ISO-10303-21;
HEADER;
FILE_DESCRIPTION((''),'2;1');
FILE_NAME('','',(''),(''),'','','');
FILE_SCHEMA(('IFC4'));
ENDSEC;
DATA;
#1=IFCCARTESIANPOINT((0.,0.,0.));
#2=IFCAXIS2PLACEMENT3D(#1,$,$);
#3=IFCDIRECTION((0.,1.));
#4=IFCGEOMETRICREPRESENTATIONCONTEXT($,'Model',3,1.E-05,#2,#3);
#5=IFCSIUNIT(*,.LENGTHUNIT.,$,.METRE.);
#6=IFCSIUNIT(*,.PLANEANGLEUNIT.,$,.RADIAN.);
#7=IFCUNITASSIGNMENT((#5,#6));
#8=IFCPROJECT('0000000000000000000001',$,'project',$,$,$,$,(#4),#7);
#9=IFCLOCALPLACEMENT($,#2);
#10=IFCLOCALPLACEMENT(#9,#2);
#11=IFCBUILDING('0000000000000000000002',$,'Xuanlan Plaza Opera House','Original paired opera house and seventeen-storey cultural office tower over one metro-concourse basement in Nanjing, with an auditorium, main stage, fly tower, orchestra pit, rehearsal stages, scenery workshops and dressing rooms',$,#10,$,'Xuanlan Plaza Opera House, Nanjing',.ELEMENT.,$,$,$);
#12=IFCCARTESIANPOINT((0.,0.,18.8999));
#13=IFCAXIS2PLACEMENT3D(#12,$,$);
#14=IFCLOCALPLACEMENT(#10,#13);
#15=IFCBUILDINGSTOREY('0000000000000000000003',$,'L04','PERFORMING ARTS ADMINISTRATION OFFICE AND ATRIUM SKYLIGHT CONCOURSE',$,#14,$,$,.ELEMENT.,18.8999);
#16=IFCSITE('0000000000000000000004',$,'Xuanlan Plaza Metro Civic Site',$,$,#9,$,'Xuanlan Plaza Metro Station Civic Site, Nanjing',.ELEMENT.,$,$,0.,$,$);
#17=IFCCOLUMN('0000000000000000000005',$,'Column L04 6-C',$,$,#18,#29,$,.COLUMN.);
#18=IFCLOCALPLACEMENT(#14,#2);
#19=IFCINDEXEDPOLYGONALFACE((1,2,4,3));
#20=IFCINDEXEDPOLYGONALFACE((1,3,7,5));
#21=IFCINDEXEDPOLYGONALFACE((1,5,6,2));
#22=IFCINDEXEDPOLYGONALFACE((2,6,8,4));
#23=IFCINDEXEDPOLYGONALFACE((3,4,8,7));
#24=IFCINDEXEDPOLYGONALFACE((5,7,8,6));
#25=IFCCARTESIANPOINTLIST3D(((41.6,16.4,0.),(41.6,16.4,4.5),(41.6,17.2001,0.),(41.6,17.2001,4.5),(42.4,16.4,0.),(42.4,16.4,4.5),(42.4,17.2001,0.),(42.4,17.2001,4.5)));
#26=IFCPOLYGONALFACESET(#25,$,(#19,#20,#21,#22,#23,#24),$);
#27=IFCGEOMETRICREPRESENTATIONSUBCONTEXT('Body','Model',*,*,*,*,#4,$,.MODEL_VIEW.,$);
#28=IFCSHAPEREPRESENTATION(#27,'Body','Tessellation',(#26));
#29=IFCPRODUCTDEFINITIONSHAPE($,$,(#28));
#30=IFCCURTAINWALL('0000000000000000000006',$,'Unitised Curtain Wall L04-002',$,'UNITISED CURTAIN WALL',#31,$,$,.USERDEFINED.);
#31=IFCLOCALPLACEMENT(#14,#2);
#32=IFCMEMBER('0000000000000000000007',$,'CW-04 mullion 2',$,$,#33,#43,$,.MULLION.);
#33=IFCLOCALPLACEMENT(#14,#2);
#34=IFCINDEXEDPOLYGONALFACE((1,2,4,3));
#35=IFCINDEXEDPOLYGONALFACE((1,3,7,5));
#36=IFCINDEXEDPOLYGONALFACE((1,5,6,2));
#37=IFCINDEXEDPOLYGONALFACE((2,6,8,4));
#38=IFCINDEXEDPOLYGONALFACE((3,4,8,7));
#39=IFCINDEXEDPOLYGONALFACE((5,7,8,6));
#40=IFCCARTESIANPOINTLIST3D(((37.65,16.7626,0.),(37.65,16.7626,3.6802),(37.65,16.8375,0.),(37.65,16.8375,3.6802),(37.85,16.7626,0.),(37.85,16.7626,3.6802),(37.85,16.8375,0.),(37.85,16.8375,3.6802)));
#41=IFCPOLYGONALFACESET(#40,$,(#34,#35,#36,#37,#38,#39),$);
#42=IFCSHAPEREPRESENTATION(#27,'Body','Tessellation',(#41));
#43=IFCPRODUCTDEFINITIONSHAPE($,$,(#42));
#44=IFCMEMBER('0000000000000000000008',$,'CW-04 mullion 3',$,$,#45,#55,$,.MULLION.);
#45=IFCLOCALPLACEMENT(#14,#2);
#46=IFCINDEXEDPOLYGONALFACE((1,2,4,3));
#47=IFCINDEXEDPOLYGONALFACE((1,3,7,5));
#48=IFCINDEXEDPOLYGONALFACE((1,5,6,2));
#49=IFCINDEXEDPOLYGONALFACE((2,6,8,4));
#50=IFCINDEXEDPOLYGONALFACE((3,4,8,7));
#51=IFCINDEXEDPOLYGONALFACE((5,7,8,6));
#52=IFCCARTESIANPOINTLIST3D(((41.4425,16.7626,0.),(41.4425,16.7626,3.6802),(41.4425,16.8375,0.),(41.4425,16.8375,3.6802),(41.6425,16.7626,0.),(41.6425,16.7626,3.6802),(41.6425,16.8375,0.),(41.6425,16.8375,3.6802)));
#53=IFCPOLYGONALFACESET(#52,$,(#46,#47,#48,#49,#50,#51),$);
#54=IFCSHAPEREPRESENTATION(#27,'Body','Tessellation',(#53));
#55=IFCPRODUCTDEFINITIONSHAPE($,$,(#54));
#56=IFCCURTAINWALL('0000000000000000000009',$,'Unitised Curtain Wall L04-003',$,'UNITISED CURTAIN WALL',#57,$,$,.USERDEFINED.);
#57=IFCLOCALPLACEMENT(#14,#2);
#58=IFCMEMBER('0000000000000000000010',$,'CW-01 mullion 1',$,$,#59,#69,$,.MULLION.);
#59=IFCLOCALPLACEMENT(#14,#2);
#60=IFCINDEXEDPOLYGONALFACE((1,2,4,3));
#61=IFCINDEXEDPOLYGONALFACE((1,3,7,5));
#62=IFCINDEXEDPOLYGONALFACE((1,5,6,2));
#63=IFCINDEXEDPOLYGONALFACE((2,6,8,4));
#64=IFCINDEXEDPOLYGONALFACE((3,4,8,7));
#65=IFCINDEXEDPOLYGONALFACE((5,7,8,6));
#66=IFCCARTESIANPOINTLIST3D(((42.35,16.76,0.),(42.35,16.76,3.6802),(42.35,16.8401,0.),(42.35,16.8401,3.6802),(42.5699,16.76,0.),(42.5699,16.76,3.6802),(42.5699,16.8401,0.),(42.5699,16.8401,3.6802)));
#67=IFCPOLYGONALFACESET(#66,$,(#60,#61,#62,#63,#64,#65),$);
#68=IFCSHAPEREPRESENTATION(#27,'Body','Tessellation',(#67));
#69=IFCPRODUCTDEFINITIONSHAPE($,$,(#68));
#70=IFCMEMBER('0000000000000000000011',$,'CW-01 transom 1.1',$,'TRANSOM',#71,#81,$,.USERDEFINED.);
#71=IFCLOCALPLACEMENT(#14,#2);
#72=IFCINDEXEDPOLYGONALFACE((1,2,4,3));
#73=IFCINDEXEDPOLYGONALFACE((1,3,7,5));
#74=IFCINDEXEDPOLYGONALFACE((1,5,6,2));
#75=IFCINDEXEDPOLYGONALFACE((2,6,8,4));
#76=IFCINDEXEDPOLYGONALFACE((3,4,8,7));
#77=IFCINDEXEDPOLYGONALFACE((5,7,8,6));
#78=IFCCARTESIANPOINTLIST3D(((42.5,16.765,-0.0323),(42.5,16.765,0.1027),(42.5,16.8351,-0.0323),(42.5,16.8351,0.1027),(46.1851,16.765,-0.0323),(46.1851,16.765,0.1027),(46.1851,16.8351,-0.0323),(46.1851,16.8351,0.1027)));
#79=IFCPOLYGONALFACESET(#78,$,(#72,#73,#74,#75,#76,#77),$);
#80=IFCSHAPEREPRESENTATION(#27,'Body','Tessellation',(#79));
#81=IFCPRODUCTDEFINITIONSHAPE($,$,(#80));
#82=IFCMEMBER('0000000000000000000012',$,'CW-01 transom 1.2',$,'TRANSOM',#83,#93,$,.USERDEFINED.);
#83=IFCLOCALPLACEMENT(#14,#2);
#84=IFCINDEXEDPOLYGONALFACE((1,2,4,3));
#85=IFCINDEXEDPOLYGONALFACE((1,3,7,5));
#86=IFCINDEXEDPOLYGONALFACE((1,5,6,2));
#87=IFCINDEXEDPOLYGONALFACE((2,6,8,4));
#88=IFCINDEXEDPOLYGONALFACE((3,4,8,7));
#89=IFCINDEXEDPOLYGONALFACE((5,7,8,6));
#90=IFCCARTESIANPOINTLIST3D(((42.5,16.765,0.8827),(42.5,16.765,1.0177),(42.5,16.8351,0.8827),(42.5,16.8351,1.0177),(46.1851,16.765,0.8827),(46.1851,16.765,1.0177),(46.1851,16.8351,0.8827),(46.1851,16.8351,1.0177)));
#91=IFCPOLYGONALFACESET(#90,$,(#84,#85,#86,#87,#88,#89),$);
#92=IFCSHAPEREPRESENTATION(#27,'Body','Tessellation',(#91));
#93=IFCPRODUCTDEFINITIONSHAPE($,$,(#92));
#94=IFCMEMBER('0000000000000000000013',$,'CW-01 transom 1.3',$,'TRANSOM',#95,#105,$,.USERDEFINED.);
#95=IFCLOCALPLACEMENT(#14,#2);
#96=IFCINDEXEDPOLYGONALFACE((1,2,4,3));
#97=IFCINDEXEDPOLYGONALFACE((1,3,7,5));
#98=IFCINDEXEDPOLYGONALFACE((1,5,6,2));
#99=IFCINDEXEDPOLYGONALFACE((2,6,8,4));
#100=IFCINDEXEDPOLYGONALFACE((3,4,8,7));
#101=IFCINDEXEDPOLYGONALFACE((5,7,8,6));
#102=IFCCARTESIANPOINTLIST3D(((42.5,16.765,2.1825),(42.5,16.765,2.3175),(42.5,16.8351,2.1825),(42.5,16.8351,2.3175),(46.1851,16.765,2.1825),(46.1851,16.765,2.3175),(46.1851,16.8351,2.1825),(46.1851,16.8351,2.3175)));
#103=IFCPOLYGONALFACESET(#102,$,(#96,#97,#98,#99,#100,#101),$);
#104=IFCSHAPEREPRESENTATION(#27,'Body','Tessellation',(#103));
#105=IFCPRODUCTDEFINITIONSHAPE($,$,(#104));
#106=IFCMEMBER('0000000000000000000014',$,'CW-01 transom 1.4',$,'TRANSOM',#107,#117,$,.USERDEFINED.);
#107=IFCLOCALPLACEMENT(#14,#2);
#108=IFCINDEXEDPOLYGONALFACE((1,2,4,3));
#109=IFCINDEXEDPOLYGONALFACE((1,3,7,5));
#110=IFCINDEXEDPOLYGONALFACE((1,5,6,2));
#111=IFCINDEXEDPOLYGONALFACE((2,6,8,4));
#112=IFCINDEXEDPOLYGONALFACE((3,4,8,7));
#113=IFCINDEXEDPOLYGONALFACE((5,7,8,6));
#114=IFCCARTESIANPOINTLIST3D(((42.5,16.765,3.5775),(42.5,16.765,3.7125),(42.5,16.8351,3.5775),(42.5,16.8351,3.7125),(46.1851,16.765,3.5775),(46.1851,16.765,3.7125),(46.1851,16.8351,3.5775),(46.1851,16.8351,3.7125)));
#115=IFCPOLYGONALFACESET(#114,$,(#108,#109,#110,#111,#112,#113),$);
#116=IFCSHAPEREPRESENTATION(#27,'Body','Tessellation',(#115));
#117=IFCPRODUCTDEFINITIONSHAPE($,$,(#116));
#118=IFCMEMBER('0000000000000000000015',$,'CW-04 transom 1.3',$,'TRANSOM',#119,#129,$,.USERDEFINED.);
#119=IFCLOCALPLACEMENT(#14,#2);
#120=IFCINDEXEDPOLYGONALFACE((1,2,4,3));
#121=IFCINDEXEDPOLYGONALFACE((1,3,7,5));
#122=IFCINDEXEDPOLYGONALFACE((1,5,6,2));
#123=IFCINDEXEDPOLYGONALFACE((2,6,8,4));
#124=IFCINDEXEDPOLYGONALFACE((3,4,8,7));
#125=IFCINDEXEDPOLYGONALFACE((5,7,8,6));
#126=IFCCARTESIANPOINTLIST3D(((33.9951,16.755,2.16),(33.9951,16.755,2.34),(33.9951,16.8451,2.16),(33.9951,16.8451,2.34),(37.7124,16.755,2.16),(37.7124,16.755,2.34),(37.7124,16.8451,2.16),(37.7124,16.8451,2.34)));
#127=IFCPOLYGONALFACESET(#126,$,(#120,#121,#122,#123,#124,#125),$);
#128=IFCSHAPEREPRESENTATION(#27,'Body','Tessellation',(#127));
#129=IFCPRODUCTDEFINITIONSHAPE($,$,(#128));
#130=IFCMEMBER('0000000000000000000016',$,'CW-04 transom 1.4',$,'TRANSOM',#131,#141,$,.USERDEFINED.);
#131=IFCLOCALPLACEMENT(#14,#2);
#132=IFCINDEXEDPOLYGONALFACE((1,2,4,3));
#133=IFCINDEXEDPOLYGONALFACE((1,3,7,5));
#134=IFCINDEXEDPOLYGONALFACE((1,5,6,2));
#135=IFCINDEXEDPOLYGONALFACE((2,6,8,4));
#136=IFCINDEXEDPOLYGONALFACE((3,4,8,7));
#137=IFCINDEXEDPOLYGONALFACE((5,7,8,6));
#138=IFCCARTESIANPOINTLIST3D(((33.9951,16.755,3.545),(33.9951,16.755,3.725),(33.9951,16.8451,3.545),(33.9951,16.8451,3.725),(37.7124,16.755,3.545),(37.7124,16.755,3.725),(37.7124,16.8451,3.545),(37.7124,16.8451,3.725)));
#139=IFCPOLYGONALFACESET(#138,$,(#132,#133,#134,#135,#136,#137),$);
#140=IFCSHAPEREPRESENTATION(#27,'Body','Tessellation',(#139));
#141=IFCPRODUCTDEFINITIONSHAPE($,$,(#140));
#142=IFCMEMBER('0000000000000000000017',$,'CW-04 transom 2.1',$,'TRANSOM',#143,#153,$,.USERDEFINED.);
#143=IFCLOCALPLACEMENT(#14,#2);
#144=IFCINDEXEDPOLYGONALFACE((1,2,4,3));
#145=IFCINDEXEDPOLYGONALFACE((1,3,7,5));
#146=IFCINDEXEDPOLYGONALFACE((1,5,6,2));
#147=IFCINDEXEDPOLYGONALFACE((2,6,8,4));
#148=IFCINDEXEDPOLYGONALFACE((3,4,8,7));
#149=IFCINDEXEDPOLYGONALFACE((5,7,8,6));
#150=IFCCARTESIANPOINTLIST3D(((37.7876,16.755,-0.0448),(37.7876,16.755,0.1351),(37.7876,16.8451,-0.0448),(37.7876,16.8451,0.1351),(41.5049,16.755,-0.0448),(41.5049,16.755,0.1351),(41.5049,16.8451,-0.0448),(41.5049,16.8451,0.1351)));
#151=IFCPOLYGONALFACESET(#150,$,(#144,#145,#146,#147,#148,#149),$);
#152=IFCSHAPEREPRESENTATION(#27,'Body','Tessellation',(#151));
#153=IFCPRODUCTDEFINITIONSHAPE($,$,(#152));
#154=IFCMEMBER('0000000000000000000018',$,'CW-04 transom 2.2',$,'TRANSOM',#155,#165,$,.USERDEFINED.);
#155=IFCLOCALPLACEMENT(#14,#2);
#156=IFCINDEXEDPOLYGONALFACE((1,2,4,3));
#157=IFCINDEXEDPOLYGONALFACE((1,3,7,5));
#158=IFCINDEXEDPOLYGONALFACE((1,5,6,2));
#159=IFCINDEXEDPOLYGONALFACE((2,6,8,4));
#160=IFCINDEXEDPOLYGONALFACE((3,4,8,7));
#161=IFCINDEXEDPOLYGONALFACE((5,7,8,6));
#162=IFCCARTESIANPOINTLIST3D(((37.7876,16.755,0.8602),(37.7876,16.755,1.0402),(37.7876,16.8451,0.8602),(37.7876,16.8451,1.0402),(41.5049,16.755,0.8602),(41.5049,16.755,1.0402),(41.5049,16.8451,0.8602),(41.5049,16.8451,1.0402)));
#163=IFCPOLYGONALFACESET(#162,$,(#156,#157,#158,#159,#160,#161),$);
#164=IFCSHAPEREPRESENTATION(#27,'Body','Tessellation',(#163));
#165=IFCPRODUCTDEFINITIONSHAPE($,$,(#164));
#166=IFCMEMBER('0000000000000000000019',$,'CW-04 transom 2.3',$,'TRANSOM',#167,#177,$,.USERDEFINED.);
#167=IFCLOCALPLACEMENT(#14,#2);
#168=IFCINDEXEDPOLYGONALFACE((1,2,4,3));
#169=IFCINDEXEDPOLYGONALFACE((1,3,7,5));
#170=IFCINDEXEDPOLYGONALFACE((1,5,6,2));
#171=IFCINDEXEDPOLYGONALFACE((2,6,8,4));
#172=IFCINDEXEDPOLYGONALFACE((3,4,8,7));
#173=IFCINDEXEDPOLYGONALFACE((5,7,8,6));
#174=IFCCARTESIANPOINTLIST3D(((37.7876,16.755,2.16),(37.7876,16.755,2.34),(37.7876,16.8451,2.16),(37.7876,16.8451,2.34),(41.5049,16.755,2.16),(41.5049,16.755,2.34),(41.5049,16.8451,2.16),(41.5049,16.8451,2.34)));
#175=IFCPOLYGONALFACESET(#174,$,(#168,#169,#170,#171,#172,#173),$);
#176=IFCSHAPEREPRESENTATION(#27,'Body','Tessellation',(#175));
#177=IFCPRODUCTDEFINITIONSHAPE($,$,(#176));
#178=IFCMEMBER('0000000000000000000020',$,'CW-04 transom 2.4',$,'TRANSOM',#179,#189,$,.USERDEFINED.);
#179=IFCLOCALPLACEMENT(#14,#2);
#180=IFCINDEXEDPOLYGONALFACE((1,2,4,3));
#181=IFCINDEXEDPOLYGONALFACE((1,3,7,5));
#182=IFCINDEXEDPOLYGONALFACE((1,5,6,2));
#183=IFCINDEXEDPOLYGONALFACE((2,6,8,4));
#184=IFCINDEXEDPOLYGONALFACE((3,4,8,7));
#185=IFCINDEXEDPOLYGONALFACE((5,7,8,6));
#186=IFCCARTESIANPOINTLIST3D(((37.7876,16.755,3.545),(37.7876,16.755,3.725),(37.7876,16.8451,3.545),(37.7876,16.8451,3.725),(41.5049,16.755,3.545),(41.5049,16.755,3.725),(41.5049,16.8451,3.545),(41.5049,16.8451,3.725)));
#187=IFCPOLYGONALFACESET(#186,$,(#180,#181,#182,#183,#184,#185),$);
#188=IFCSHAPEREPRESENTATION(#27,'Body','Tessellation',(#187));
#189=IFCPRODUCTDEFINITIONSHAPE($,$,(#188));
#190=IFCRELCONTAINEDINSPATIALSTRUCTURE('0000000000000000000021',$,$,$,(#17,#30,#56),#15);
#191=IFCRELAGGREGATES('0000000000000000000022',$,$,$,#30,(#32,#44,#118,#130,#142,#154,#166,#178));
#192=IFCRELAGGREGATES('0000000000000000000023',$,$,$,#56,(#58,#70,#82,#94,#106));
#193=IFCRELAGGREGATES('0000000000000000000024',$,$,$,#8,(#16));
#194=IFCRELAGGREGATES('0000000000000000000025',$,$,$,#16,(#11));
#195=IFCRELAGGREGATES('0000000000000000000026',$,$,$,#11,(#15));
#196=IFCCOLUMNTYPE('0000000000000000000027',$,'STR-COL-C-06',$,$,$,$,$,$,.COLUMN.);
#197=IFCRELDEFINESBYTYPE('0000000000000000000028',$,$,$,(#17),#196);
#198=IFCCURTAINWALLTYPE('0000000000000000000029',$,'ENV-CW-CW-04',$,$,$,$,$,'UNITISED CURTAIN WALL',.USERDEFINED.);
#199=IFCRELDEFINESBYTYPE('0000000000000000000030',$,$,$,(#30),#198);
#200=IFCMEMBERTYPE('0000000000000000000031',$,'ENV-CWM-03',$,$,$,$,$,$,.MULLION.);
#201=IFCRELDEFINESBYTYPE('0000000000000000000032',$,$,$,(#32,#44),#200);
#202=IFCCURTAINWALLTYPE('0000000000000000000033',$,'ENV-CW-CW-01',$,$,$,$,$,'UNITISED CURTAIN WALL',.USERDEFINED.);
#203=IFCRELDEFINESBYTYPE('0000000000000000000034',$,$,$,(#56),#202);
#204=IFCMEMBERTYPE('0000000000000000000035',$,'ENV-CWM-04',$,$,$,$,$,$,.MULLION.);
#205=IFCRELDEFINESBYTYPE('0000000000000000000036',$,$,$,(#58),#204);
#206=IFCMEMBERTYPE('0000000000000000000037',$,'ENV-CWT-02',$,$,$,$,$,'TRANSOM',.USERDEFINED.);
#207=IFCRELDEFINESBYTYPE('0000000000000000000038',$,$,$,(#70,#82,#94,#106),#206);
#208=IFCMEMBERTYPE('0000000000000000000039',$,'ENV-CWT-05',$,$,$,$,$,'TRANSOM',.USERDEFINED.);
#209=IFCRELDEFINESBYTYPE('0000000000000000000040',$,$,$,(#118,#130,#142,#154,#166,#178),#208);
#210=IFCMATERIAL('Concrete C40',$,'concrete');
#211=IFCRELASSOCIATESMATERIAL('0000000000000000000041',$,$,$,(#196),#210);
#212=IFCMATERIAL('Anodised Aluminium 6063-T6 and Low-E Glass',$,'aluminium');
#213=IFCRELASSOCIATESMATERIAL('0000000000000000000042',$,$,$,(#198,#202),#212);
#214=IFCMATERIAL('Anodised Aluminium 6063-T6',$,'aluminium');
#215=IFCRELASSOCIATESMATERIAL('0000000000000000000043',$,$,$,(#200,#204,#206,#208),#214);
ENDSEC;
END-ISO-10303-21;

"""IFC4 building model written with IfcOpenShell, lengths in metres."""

from ifc_helpers import new_model, si_unit, direction, frame, origin, origin_2d, place, context, subcontext, project, spatial, rectangle, extrude, material, material_profile, profile_set, type_object, element, aggregate, save


model = new_model("IFC4")

# Units and contexts
model_context = context("Model", 3, precision=1e-05, world=origin(), true_north=direction((0.0, 1.0)))
body_context = subcontext(model_context, "Body", "Model", "MODEL_VIEW")
ifc_project = project(units=[si_unit("LENGTHUNIT", "METRE"), si_unit("PLANEANGLEUNIT", "RADIAN")], contexts=[model_context])

# Site, building, storey
site_placement = place(None, origin())
site = spatial("IfcSite", under=ifc_project, at=site_placement, Name="Xuanlan Plaza Metro Civic Site", LongName="Xuanlan Plaza Metro Station Civic Site, Nanjing", CompositionType="ELEMENT", RefElevation=0.0)
building_placement = place(site_placement, origin())
building = spatial("IfcBuilding", under=site, at=building_placement, Name="Xuanlan Plaza Opera House", Description="Original paired opera house and seventeen-storey cultural office tower over one metro-concourse basement in Nanjing, with an auditorium, main stage, fly tower, orchestra pit, rehearsal stages, scenery workshops and dressing rooms", LongName="Xuanlan Plaza Opera House, Nanjing", CompositionType="ELEMENT")
storey_placement = place(building_placement, frame((0.0, 0.0, 18.8999)))
storey = spatial("IfcBuildingStorey", under=building, at=storey_placement, Name="L04", Description="PERFORMING ARTS ADMINISTRATION OFFICE AND ATRIUM SKYLIGHT CONCOURSE", CompositionType="ELEMENT", Elevation=18.8999)

# Column
ifc_material_1 = material(Name="Concrete C40", Category="concrete")
ifc_material_profile_1 = material_profile(ifc_material_1, rectangle(XDim=0.8, YDim=0.8, at=origin_2d()), Name="RC-COL 800x800")
ifc_profile_set_1 = profile_set([ifc_material_profile_1], Name="Concrete C40")
column_type = type_object("IfcColumnType", Name="STR-COL-C-06", PredefinedType="COLUMN", material=ifc_profile_set_1)
column_placement = place(storey_placement, frame((42.0, 16.8, 0.0), z_axis=(0.0, 0.0, 1.0), x_axis=(1.0, 0.0, 0.0)))
element("IfcColumn", 1, at=column_placement, inside=storey, type_object=column_type, Name="Column L04 6-C", PredefinedType="COLUMN", context=body_context, shape_type="SweptSolid", body=[
    extrude(rectangle(XDim=0.8, YDim=0.8, at=origin_2d()), origin(), (0.0, 0.0, 1.0), 4.5),
])

# Curtain walls, members
ifc_material_2 = material(Name="Anodised Aluminium 6063-T6 and Low-E Glass", Category="aluminium")
curtain_wall_type_1 = type_object("IfcCurtainWallType", Name="ENV-CW-CW-04", ElementType="UNITISED CURTAIN WALL", PredefinedType="USERDEFINED", material=ifc_material_2)
curtain_wall_1_placement = place(storey_placement, origin())
curtain_wall_1 = element("IfcCurtainWall", 2, at=curtain_wall_1_placement, inside=storey, type_object=curtain_wall_type_1, Name="Unitised Curtain Wall L04-002", ObjectType="UNITISED CURTAIN WALL", PredefinedType="USERDEFINED")
ifc_material_3 = material(Name="Anodised Aluminium 6063-T6", Category="aluminium")
ifc_material_profile_2 = material_profile(ifc_material_3, rectangle(XDim=0.075, YDim=0.2, at=origin_2d()), Name="ALU-M 75x200")
ifc_profile_set_2 = profile_set([ifc_material_profile_2], Name="Anodised Aluminium 6063-T6")
member_type_1 = type_object("IfcMemberType", Name="ENV-CWM-03", PredefinedType="MULLION", material=ifc_profile_set_2)
member_1_placement = place(storey_placement, frame((37.75, 16.8, 0.0), z_axis=(0.0, 0.0, 1.0), x_axis=(0.0, 1.0, 0.0)))
member_1 = element("IfcMember", 3, at=member_1_placement, type_object=member_type_1, Name="CW-04 mullion 2", PredefinedType="MULLION", context=body_context, shape_type="SweptSolid", body=[
    extrude(rectangle(XDim=0.075, YDim=0.2, at=origin_2d()), origin(), (0.0, 0.0, 1.0), 3.6802),
])
member_2_placement = place(storey_placement, frame((41.5425, 16.8, 0.0), z_axis=(0.0, 0.0, 1.0), x_axis=(0.0, 1.0, 0.0)))
member_2 = element("IfcMember", 4, at=member_2_placement, type_object=member_type_1, Name="CW-04 mullion 3", PredefinedType="MULLION", context=body_context, shape_type="SweptSolid", body=[
    extrude(rectangle(XDim=0.075, YDim=0.2, at=origin_2d()), origin(), (0.0, 0.0, 1.0), 3.6802),
])
curtain_wall_type_2 = type_object("IfcCurtainWallType", Name="ENV-CW-CW-01", ElementType="UNITISED CURTAIN WALL", PredefinedType="USERDEFINED", material=ifc_material_2)
curtain_wall_2_placement = place(storey_placement, origin())
curtain_wall_2 = element("IfcCurtainWall", 5, at=curtain_wall_2_placement, inside=storey, type_object=curtain_wall_type_2, Name="Unitised Curtain Wall L04-003", ObjectType="UNITISED CURTAIN WALL", PredefinedType="USERDEFINED")
ifc_material_profile_3 = material_profile(ifc_material_3, rectangle(XDim=0.0801, YDim=0.22, at=origin_2d()), Name="ALU-M 80x220")
ifc_profile_set_3 = profile_set([ifc_material_profile_3], Name="Anodised Aluminium 6063-T6")
member_type_2 = type_object("IfcMemberType", Name="ENV-CWM-04", PredefinedType="MULLION", material=ifc_profile_set_3)
member_3_placement = place(storey_placement, frame((42.46, 16.8, 0.0), z_axis=(0.0, 0.0, 1.0), x_axis=(0.0, 1.0, 0.0)))
member_3 = element("IfcMember", 6, at=member_3_placement, type_object=member_type_2, Name="CW-01 mullion 1", PredefinedType="MULLION", context=body_context, shape_type="SweptSolid", body=[
    extrude(rectangle(XDim=0.0801, YDim=0.22, at=origin_2d()), origin(), (0.0, 0.0, 1.0), 3.6802),
])
ifc_material_profile_4 = material_profile(ifc_material_3, rectangle(XDim=0.0701, YDim=0.135, at=origin_2d()), Name="ALU-T 70x135")
ifc_profile_set_4 = profile_set([ifc_material_profile_4], Name="Anodised Aluminium 6063-T6")
member_type_3 = type_object("IfcMemberType", Name="ENV-CWT-02", ElementType="TRANSOM", PredefinedType="USERDEFINED", material=ifc_profile_set_4)
member_4_placement = place(storey_placement, frame((42.5, 16.8, 0.0352), z_axis=(1.0, 0.0, 0.0), x_axis=(0.0, 1.0, 0.0)))
member_4 = element("IfcMember", 7, at=member_4_placement, type_object=member_type_3, Name="CW-01 transom 1.1", ObjectType="TRANSOM", PredefinedType="USERDEFINED", context=body_context, shape_type="SweptSolid", body=[
    extrude(rectangle(XDim=0.0701, YDim=0.135, at=origin_2d()), origin(), (0.0, 0.0, 1.0), 3.6851),
])
member_5_placement = place(storey_placement, frame((42.5, 16.8, 0.9502), z_axis=(1.0, 0.0, 0.0), x_axis=(0.0, 1.0, 0.0)))
member_5 = element("IfcMember", 8, at=member_5_placement, type_object=member_type_3, Name="CW-01 transom 1.2", ObjectType="TRANSOM", PredefinedType="USERDEFINED", context=body_context, shape_type="SweptSolid", body=[
    extrude(rectangle(XDim=0.0701, YDim=0.135, at=origin_2d()), origin(), (0.0, 0.0, 1.0), 3.6851),
])
member_6_placement = place(storey_placement, frame((42.5, 16.8, 2.25), z_axis=(1.0, 0.0, 0.0), x_axis=(0.0, 1.0, 0.0)))
member_6 = element("IfcMember", 9, at=member_6_placement, type_object=member_type_3, Name="CW-01 transom 1.3", ObjectType="TRANSOM", PredefinedType="USERDEFINED", context=body_context, shape_type="SweptSolid", body=[
    extrude(rectangle(XDim=0.0701, YDim=0.135, at=origin_2d()), origin(), (0.0, 0.0, 1.0), 3.6851),
])
member_7_placement = place(storey_placement, frame((42.5, 16.8, 3.645), z_axis=(1.0, 0.0, 0.0), x_axis=(0.0, 1.0, 0.0)))
member_7 = element("IfcMember", 10, at=member_7_placement, type_object=member_type_3, Name="CW-01 transom 1.4", ObjectType="TRANSOM", PredefinedType="USERDEFINED", context=body_context, shape_type="SweptSolid", body=[
    extrude(rectangle(XDim=0.0701, YDim=0.135, at=origin_2d()), origin(), (0.0, 0.0, 1.0), 3.6851),
])

# Members
ifc_material_profile_5 = material_profile(ifc_material_3, rectangle(XDim=0.0901, YDim=0.1799, at=origin_2d()), Name="ALU-T 90x180")
ifc_profile_set_5 = profile_set([ifc_material_profile_5], Name="Anodised Aluminium 6063-T6")
member_type_4 = type_object("IfcMemberType", Name="ENV-CWT-05", ElementType="TRANSOM", PredefinedType="USERDEFINED", material=ifc_profile_set_5)
member_8_placement = place(storey_placement, frame((33.9951, 16.8, 2.25), z_axis=(1.0, 0.0, 0.0), x_axis=(0.0, 1.0, 0.0)))
member_8 = element("IfcMember", 11, at=member_8_placement, type_object=member_type_4, Name="CW-04 transom 1.3", ObjectType="TRANSOM", PredefinedType="USERDEFINED", context=body_context, shape_type="SweptSolid", body=[
    extrude(rectangle(XDim=0.0901, YDim=0.1799, at=origin_2d()), origin(), (0.0, 0.0, 1.0), 3.7173),
])
member_9_placement = place(storey_placement, frame((33.9951, 16.8, 3.635), z_axis=(1.0, 0.0, 0.0), x_axis=(0.0, 1.0, 0.0)))
member_9 = element("IfcMember", 12, at=member_9_placement, type_object=member_type_4, Name="CW-04 transom 1.4", ObjectType="TRANSOM", PredefinedType="USERDEFINED", context=body_context, shape_type="SweptSolid", body=[
    extrude(rectangle(XDim=0.0901, YDim=0.1799, at=origin_2d()), origin(), (0.0, 0.0, 1.0), 3.7173),
])
member_10_placement = place(storey_placement, frame((37.7876, 16.8, 0.0452), z_axis=(1.0, 0.0, 0.0), x_axis=(0.0, 1.0, 0.0)))
member_10 = element("IfcMember", 13, at=member_10_placement, type_object=member_type_4, Name="CW-04 transom 2.1", ObjectType="TRANSOM", PredefinedType="USERDEFINED", context=body_context, shape_type="SweptSolid", body=[
    extrude(rectangle(XDim=0.0901, YDim=0.1799, at=origin_2d()), origin(), (0.0, 0.0, 1.0), 3.7173),
])
member_11_placement = place(storey_placement, frame((37.7876, 16.8, 0.9502), z_axis=(1.0, 0.0, 0.0), x_axis=(0.0, 1.0, 0.0)))
member_11 = element("IfcMember", 14, at=member_11_placement, type_object=member_type_4, Name="CW-04 transom 2.2", ObjectType="TRANSOM", PredefinedType="USERDEFINED", context=body_context, shape_type="SweptSolid", body=[
    extrude(rectangle(XDim=0.0901, YDim=0.1799, at=origin_2d()), origin(), (0.0, 0.0, 1.0), 3.7173),
])
member_12_placement = place(storey_placement, frame((37.7876, 16.8, 2.25), z_axis=(1.0, 0.0, 0.0), x_axis=(0.0, 1.0, 0.0)))
member_12 = element("IfcMember", 15, at=member_12_placement, type_object=member_type_4, Name="CW-04 transom 2.3", ObjectType="TRANSOM", PredefinedType="USERDEFINED", context=body_context, shape_type="SweptSolid", body=[
    extrude(rectangle(XDim=0.0901, YDim=0.1799, at=origin_2d()), origin(), (0.0, 0.0, 1.0), 3.7173),
])
member_13_placement = place(storey_placement, frame((37.7876, 16.8, 3.635), z_axis=(1.0, 0.0, 0.0), x_axis=(0.0, 1.0, 0.0)))
member_13 = element("IfcMember", 16, at=member_13_placement, type_object=member_type_4, Name="CW-04 transom 2.4", ObjectType="TRANSOM", PredefinedType="USERDEFINED", context=body_context, shape_type="SweptSolid", body=[
    extrude(rectangle(XDim=0.0901, YDim=0.1799, at=origin_2d()), origin(), (0.0, 0.0, 1.0), 3.7173),
])

aggregate(curtain_wall_1, [member_1, member_2, member_8, member_9, member_10, member_11, member_12, member_13])
aggregate(curtain_wall_2, [member_3, member_4, member_5, member_6, member_7])

save(model, "model.ifc")
